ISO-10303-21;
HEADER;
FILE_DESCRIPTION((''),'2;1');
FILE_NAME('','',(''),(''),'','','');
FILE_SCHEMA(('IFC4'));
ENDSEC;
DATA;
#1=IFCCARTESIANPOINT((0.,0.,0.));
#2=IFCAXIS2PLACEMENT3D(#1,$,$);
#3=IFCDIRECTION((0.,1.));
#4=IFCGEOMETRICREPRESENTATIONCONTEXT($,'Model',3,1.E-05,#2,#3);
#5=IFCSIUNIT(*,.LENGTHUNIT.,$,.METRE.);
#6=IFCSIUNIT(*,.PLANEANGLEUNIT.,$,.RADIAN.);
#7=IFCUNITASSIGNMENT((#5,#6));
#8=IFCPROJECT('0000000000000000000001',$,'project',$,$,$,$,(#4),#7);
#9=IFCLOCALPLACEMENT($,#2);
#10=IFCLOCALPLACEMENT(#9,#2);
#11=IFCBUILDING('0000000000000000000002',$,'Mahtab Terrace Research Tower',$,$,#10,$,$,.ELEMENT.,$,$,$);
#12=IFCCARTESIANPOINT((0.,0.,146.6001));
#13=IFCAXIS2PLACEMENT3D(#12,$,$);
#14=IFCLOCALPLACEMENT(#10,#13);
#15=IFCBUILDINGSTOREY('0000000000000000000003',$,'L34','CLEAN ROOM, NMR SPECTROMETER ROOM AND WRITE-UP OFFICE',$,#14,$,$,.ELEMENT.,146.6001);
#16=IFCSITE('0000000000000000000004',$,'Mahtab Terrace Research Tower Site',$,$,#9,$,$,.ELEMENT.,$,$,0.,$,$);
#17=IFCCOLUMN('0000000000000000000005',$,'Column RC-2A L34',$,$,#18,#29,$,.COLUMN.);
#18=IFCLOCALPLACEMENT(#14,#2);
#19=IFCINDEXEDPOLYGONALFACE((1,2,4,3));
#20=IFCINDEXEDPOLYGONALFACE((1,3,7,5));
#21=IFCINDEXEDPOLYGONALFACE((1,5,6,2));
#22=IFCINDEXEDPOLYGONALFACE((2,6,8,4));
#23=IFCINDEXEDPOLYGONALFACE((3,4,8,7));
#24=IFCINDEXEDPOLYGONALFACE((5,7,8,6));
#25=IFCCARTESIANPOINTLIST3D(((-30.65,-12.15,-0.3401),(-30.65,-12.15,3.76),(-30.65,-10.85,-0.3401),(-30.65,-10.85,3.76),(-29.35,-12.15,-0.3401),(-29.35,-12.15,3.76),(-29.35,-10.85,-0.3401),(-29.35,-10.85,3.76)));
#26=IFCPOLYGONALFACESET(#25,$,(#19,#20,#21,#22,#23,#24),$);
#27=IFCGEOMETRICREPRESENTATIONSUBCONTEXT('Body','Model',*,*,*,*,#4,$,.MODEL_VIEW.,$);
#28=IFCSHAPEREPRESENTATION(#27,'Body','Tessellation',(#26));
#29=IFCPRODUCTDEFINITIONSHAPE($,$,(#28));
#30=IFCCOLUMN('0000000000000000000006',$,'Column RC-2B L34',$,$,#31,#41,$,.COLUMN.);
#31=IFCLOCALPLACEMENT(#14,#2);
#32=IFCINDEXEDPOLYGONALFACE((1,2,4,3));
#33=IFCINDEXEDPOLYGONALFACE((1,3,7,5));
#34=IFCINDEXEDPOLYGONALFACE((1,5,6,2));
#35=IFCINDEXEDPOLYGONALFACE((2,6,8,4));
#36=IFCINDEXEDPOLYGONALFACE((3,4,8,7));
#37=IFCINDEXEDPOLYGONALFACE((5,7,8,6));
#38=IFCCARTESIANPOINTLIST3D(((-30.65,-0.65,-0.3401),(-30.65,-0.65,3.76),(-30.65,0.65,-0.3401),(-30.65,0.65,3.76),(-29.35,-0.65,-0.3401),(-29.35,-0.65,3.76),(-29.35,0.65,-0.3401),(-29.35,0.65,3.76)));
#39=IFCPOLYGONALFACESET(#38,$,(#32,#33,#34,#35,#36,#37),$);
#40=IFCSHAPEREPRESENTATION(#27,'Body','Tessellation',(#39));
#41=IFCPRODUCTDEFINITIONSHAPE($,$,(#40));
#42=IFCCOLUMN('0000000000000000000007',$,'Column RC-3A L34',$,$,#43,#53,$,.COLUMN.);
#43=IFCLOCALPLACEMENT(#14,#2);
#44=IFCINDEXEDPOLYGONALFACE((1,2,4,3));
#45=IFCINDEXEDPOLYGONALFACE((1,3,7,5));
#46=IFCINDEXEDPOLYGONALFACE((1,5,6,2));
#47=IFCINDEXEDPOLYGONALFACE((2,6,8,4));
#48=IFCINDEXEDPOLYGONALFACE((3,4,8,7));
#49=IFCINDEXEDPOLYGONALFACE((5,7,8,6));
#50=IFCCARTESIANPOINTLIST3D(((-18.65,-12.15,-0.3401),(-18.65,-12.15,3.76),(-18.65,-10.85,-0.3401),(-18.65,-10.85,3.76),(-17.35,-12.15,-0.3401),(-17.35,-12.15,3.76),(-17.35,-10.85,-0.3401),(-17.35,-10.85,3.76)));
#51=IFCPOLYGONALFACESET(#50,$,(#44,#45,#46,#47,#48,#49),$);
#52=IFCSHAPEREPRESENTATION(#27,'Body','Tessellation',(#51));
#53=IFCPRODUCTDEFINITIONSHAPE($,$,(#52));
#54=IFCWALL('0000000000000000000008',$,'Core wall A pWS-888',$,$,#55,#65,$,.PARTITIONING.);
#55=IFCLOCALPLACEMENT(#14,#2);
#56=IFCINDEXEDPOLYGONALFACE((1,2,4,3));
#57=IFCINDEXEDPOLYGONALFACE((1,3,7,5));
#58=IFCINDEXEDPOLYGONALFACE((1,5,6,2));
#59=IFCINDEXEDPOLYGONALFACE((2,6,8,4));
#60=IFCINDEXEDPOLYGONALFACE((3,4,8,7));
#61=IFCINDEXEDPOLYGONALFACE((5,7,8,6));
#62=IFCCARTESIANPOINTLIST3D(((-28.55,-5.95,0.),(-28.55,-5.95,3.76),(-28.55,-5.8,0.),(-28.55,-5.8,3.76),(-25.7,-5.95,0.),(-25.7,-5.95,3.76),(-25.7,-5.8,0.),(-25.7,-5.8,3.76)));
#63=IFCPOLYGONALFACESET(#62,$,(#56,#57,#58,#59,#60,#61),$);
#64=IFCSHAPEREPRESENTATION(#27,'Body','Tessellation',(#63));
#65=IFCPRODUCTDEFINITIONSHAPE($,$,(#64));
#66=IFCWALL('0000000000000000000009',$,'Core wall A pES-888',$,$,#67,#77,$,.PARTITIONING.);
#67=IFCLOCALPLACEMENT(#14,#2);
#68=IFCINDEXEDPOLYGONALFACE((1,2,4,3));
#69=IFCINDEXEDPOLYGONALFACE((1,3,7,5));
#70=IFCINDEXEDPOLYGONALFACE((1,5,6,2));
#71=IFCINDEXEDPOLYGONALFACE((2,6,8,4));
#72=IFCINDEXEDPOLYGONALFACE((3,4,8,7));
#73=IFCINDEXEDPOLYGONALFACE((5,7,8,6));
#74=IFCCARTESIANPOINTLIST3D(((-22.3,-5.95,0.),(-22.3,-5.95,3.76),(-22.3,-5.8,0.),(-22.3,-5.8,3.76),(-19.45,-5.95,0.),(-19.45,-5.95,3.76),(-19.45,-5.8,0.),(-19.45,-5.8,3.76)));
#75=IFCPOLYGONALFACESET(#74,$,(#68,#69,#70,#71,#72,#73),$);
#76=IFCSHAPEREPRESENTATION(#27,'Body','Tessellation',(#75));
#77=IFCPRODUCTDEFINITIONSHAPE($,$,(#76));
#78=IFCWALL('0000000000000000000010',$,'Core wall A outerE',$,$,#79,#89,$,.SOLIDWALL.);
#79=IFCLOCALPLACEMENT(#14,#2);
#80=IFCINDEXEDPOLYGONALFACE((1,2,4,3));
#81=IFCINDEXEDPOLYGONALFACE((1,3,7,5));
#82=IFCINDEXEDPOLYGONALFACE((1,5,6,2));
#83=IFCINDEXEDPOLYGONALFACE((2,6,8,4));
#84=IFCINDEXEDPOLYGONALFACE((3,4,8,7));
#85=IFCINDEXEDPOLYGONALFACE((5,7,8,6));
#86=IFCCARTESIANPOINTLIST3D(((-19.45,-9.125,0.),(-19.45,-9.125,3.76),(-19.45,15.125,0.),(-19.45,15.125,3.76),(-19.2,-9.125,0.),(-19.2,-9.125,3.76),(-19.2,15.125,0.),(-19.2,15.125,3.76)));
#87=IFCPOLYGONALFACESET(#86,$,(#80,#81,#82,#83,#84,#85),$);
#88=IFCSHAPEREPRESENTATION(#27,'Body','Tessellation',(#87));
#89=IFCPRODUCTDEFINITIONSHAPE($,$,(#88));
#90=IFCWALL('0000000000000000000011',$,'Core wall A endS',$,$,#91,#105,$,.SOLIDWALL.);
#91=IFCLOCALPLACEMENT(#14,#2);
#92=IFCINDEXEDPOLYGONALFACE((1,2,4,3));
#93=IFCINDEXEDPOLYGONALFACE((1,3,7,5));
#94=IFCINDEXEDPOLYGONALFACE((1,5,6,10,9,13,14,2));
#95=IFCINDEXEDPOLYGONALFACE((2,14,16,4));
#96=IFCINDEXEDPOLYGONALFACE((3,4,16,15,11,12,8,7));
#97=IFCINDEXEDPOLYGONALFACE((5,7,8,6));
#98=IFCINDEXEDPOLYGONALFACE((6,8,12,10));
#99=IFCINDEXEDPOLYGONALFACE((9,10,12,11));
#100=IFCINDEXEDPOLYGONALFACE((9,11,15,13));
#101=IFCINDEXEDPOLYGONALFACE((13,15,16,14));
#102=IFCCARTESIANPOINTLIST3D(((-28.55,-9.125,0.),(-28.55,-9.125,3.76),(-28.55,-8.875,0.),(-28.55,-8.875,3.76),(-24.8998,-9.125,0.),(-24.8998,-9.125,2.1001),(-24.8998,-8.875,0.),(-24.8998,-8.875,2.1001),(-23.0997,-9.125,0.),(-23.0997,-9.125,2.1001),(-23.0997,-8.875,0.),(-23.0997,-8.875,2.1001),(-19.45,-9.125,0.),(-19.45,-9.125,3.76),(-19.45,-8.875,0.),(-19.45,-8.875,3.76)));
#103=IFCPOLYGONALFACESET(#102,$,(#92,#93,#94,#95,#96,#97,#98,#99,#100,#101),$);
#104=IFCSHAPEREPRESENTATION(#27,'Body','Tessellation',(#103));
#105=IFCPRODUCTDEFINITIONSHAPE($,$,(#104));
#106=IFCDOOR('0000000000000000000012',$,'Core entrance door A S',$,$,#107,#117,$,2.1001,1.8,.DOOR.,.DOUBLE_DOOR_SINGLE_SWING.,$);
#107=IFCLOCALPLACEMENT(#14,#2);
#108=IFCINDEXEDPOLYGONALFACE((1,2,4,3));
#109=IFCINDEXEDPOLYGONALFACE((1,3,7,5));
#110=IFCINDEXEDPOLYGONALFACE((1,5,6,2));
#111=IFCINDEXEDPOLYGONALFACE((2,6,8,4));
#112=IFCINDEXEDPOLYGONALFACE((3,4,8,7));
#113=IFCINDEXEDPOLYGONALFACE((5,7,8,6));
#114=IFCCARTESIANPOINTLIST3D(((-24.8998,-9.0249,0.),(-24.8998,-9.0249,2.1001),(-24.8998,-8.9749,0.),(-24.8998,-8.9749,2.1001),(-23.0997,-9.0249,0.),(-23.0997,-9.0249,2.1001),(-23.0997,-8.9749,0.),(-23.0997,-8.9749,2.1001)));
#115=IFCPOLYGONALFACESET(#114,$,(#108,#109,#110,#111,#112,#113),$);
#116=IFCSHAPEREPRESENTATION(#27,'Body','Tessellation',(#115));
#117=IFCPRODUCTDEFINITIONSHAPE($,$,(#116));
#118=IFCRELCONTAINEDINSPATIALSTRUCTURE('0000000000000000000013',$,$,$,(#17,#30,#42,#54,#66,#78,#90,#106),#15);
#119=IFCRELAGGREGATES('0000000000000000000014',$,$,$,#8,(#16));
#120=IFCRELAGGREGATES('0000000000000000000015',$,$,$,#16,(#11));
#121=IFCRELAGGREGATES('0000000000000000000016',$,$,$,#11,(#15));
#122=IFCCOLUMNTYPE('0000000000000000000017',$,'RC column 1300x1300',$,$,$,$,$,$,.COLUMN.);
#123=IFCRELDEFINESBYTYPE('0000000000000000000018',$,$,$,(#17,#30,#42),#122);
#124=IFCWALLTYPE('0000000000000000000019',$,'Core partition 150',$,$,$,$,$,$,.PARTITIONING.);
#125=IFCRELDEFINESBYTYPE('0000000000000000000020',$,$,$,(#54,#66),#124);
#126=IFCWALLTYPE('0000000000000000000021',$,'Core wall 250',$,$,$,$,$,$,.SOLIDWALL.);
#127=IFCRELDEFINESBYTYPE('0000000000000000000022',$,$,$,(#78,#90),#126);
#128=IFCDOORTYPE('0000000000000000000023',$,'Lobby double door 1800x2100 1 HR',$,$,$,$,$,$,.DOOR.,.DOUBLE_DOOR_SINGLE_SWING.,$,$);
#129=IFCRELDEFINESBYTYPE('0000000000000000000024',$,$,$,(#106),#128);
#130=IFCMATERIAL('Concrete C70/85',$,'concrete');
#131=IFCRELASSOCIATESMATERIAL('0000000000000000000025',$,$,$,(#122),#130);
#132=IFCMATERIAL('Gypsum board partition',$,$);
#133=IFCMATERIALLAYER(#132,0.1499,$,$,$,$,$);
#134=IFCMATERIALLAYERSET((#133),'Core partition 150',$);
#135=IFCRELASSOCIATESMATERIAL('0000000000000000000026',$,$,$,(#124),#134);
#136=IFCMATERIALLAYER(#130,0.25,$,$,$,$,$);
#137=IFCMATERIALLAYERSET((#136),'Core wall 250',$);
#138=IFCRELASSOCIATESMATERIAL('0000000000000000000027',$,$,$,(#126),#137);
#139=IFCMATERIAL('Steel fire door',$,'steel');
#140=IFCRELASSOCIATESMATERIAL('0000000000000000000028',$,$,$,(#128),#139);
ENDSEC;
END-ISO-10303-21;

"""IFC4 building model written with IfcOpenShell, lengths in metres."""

from ifc_helpers import new_model, si_unit, direction, frame, frame_2d, origin, origin_2d, place, context, subcontext, project, spatial, rectangle, extrude, material, layer, layer_set, material_profile, profile_set, type_object, element, fill, save


model = new_model("IFC4")

# Units and contexts
model_context = context("Model", 3, precision=1e-05, world=origin(), true_north=direction((0.0, 1.0)))
body_context = subcontext(model_context, "Body", "Model", "MODEL_VIEW")
ifc_project = project(units=[si_unit("LENGTHUNIT", "METRE"), si_unit("PLANEANGLEUNIT", "RADIAN")], contexts=[model_context])

# Site, building, storey
site_placement = place(None, origin())
site = spatial("IfcSite", under=ifc_project, at=site_placement, Name="Mahtab Terrace Research Tower Site", CompositionType="ELEMENT", RefElevation=0.0)
building_placement = place(site_placement, origin())
building = spatial("IfcBuilding", under=site, at=building_placement, Name="Mahtab Terrace Research Tower", CompositionType="ELEMENT")
storey_placement = place(building_placement, frame((0.0, 0.0, 146.6001)))
storey = spatial("IfcBuildingStorey", under=building, at=storey_placement, Name="L34", Description="CLEAN ROOM, NMR SPECTROMETER ROOM AND WRITE-UP OFFICE", CompositionType="ELEMENT", Elevation=146.6001)

# Columns
ifc_material_1 = material(Name="Concrete C70/85", Category="concrete")
ifc_material_profile = material_profile(ifc_material_1, rectangle(XDim=1.3, YDim=1.3, at=origin_2d()), Name="RC column 1300x1300")
ifc_profile_set = profile_set([ifc_material_profile], Name="Concrete C70/85")
column_type = type_object("IfcColumnType", Name="RC column 1300x1300", PredefinedType="COLUMN", material=ifc_profile_set)
for number, where, z_axis, x_axis, name in (
    (1, (-30.0, -11.5, -0.3401), (0.0, 0.0, 1.0), (1.0, 0.0, 0.0), "Column RC-2A L34"),
    (2, (-30.0, 0.0, -0.3401), (0.0, 0.0, 1.0), (1.0, 0.0, 0.0), "Column RC-2B L34"),
    (3, (-18.0, -11.5, -0.3401), (0.0, 0.0, 1.0), (1.0, 0.0, 0.0), "Column RC-3A L34"),
):
    element("IfcColumn", number, at=place(storey_placement, frame(where, z_axis=z_axis, x_axis=x_axis)), inside=storey, type_object=column_type, Name=name, PredefinedType="COLUMN", context=body_context, shape_type="SweptSolid", body=[
        extrude(rectangle(XDim=1.3, YDim=1.3, at=origin_2d()), origin(), (0.0, 0.0, 1.0), 4.1001),
    ])

# Walls
ifc_material_2 = material(Name="Gypsum board partition")
ifc_layer_1 = layer(ifc_material_2, 0.1499)
ifc_layer_set_1 = layer_set([ifc_layer_1], Name="Core partition 150")
wall_type_1 = type_object("IfcWallType", Name="Core partition 150", PredefinedType="PARTITIONING", material=ifc_layer_set_1)
for number, where, z_axis, x_axis, name in (
    (4, (-28.55, -5.875, 0.0), (0.0, 0.0, 1.0), (1.0, 0.0, 0.0), "Core wall A pWS-888"),
    (5, (-22.3, -5.875, 0.0), (0.0, 0.0, 1.0), (1.0, 0.0, 0.0), "Core wall A pES-888"),
):
    element("IfcWall", number, at=place(storey_placement, frame(where, z_axis=z_axis, x_axis=x_axis)), inside=storey, type_object=wall_type_1, Name=name, PredefinedType="PARTITIONING", context=body_context, shape_type="SweptSolid", body=[
        extrude(rectangle(XDim=2.8501, YDim=0.1499, at=frame_2d((1.425, 0.0))), origin(), (0.0, 0.0, 1.0), 3.76),
    ])
ifc_layer_2 = layer(ifc_material_1, 0.25)
ifc_layer_set_2 = layer_set([ifc_layer_2], Name="Core wall 250")
wall_type_2 = type_object("IfcWallType", Name="Core wall 250", PredefinedType="SOLIDWALL", material=ifc_layer_set_2)
wall_1_placement = place(storey_placement, frame((-19.325, -9.125, 0.0), z_axis=(0.0, 0.0, 1.0), x_axis=(0.0, 1.0, 0.0)))
element("IfcWall", 6, at=wall_1_placement, inside=storey, type_object=wall_type_2, Name="Core wall A outerE", PredefinedType="SOLIDWALL", context=body_context, shape_type="SweptSolid", body=[
    extrude(rectangle(XDim=24.25, YDim=0.25, at=frame_2d((12.125, 0.0))), origin(), (0.0, 0.0, 1.0), 3.76),
])

# Wall, opening, door
wall_2_placement = place(storey_placement, frame((-19.45, -9.0, 0.0), z_axis=(0.0, 0.0, 1.0), x_axis=(-1.0, 0.0, 0.0)))
wall_2 = element("IfcWall", 7, at=wall_2_placement, inside=storey, type_object=wall_type_2, Name="Core wall A endS", PredefinedType="SOLIDWALL", context=body_context, shape_type="SweptSolid", body=[
    extrude(rectangle(XDim=9.1001, YDim=0.25, at=frame_2d((4.55, 0.0))), origin(), (0.0, 0.0, 1.0), 3.76),
])
opening_1_placement = place(wall_2_placement, frame((3.6499, 0.0, 0.0)))
opening_1 = element("IfcOpeningElement", 8, at=opening_1_placement, cuts=wall_2, PredefinedType="OPENING", context=body_context, shape_type="SweptSolid", body=[
    extrude(rectangle(XDim=1.8, YDim=2.1001, at=frame_2d((0.8999, 1.05))), frame((0.0, 0.135, 0.0), z_axis=(0.0, -1.0, 0.0), x_axis=(1.0, 0.0, 0.0)), (0.0, 0.0, 1.0), 0.27),
])
ifc_material_3 = material(Name="Steel fire door", Category="steel")
door_type_1 = type_object("IfcDoorType", Name="Lobby double door 1800x2100 1 HR", OperationType="DOUBLE_DOOR_SINGLE_SWING", PredefinedType="DOOR", material=ifc_material_3)
door_1_placement = place(opening_1_placement, origin())
door_1 = element("IfcDoor", 9, at=door_1_placement, inside=storey, type_object=door_type_1, Name="Core entrance door A S", OperationType="DOUBLE_DOOR_SINGLE_SWING", OverallHeight=2.1001, OverallWidth=1.8, PredefinedType="DOOR", context=body_context, shape_type="SweptSolid", body=[
    extrude(rectangle(XDim=1.8, YDim=2.1001, at=frame_2d((0.8999, 1.05))), frame((0.0, 0.0249, 0.0), z_axis=(0.0, -1.0, 0.0), x_axis=(1.0, 0.0, 0.0)), (0.0, 0.0, 1.0), 0.05),
])
fill(opening_1, door_1)

save(model, "model.ifc")
